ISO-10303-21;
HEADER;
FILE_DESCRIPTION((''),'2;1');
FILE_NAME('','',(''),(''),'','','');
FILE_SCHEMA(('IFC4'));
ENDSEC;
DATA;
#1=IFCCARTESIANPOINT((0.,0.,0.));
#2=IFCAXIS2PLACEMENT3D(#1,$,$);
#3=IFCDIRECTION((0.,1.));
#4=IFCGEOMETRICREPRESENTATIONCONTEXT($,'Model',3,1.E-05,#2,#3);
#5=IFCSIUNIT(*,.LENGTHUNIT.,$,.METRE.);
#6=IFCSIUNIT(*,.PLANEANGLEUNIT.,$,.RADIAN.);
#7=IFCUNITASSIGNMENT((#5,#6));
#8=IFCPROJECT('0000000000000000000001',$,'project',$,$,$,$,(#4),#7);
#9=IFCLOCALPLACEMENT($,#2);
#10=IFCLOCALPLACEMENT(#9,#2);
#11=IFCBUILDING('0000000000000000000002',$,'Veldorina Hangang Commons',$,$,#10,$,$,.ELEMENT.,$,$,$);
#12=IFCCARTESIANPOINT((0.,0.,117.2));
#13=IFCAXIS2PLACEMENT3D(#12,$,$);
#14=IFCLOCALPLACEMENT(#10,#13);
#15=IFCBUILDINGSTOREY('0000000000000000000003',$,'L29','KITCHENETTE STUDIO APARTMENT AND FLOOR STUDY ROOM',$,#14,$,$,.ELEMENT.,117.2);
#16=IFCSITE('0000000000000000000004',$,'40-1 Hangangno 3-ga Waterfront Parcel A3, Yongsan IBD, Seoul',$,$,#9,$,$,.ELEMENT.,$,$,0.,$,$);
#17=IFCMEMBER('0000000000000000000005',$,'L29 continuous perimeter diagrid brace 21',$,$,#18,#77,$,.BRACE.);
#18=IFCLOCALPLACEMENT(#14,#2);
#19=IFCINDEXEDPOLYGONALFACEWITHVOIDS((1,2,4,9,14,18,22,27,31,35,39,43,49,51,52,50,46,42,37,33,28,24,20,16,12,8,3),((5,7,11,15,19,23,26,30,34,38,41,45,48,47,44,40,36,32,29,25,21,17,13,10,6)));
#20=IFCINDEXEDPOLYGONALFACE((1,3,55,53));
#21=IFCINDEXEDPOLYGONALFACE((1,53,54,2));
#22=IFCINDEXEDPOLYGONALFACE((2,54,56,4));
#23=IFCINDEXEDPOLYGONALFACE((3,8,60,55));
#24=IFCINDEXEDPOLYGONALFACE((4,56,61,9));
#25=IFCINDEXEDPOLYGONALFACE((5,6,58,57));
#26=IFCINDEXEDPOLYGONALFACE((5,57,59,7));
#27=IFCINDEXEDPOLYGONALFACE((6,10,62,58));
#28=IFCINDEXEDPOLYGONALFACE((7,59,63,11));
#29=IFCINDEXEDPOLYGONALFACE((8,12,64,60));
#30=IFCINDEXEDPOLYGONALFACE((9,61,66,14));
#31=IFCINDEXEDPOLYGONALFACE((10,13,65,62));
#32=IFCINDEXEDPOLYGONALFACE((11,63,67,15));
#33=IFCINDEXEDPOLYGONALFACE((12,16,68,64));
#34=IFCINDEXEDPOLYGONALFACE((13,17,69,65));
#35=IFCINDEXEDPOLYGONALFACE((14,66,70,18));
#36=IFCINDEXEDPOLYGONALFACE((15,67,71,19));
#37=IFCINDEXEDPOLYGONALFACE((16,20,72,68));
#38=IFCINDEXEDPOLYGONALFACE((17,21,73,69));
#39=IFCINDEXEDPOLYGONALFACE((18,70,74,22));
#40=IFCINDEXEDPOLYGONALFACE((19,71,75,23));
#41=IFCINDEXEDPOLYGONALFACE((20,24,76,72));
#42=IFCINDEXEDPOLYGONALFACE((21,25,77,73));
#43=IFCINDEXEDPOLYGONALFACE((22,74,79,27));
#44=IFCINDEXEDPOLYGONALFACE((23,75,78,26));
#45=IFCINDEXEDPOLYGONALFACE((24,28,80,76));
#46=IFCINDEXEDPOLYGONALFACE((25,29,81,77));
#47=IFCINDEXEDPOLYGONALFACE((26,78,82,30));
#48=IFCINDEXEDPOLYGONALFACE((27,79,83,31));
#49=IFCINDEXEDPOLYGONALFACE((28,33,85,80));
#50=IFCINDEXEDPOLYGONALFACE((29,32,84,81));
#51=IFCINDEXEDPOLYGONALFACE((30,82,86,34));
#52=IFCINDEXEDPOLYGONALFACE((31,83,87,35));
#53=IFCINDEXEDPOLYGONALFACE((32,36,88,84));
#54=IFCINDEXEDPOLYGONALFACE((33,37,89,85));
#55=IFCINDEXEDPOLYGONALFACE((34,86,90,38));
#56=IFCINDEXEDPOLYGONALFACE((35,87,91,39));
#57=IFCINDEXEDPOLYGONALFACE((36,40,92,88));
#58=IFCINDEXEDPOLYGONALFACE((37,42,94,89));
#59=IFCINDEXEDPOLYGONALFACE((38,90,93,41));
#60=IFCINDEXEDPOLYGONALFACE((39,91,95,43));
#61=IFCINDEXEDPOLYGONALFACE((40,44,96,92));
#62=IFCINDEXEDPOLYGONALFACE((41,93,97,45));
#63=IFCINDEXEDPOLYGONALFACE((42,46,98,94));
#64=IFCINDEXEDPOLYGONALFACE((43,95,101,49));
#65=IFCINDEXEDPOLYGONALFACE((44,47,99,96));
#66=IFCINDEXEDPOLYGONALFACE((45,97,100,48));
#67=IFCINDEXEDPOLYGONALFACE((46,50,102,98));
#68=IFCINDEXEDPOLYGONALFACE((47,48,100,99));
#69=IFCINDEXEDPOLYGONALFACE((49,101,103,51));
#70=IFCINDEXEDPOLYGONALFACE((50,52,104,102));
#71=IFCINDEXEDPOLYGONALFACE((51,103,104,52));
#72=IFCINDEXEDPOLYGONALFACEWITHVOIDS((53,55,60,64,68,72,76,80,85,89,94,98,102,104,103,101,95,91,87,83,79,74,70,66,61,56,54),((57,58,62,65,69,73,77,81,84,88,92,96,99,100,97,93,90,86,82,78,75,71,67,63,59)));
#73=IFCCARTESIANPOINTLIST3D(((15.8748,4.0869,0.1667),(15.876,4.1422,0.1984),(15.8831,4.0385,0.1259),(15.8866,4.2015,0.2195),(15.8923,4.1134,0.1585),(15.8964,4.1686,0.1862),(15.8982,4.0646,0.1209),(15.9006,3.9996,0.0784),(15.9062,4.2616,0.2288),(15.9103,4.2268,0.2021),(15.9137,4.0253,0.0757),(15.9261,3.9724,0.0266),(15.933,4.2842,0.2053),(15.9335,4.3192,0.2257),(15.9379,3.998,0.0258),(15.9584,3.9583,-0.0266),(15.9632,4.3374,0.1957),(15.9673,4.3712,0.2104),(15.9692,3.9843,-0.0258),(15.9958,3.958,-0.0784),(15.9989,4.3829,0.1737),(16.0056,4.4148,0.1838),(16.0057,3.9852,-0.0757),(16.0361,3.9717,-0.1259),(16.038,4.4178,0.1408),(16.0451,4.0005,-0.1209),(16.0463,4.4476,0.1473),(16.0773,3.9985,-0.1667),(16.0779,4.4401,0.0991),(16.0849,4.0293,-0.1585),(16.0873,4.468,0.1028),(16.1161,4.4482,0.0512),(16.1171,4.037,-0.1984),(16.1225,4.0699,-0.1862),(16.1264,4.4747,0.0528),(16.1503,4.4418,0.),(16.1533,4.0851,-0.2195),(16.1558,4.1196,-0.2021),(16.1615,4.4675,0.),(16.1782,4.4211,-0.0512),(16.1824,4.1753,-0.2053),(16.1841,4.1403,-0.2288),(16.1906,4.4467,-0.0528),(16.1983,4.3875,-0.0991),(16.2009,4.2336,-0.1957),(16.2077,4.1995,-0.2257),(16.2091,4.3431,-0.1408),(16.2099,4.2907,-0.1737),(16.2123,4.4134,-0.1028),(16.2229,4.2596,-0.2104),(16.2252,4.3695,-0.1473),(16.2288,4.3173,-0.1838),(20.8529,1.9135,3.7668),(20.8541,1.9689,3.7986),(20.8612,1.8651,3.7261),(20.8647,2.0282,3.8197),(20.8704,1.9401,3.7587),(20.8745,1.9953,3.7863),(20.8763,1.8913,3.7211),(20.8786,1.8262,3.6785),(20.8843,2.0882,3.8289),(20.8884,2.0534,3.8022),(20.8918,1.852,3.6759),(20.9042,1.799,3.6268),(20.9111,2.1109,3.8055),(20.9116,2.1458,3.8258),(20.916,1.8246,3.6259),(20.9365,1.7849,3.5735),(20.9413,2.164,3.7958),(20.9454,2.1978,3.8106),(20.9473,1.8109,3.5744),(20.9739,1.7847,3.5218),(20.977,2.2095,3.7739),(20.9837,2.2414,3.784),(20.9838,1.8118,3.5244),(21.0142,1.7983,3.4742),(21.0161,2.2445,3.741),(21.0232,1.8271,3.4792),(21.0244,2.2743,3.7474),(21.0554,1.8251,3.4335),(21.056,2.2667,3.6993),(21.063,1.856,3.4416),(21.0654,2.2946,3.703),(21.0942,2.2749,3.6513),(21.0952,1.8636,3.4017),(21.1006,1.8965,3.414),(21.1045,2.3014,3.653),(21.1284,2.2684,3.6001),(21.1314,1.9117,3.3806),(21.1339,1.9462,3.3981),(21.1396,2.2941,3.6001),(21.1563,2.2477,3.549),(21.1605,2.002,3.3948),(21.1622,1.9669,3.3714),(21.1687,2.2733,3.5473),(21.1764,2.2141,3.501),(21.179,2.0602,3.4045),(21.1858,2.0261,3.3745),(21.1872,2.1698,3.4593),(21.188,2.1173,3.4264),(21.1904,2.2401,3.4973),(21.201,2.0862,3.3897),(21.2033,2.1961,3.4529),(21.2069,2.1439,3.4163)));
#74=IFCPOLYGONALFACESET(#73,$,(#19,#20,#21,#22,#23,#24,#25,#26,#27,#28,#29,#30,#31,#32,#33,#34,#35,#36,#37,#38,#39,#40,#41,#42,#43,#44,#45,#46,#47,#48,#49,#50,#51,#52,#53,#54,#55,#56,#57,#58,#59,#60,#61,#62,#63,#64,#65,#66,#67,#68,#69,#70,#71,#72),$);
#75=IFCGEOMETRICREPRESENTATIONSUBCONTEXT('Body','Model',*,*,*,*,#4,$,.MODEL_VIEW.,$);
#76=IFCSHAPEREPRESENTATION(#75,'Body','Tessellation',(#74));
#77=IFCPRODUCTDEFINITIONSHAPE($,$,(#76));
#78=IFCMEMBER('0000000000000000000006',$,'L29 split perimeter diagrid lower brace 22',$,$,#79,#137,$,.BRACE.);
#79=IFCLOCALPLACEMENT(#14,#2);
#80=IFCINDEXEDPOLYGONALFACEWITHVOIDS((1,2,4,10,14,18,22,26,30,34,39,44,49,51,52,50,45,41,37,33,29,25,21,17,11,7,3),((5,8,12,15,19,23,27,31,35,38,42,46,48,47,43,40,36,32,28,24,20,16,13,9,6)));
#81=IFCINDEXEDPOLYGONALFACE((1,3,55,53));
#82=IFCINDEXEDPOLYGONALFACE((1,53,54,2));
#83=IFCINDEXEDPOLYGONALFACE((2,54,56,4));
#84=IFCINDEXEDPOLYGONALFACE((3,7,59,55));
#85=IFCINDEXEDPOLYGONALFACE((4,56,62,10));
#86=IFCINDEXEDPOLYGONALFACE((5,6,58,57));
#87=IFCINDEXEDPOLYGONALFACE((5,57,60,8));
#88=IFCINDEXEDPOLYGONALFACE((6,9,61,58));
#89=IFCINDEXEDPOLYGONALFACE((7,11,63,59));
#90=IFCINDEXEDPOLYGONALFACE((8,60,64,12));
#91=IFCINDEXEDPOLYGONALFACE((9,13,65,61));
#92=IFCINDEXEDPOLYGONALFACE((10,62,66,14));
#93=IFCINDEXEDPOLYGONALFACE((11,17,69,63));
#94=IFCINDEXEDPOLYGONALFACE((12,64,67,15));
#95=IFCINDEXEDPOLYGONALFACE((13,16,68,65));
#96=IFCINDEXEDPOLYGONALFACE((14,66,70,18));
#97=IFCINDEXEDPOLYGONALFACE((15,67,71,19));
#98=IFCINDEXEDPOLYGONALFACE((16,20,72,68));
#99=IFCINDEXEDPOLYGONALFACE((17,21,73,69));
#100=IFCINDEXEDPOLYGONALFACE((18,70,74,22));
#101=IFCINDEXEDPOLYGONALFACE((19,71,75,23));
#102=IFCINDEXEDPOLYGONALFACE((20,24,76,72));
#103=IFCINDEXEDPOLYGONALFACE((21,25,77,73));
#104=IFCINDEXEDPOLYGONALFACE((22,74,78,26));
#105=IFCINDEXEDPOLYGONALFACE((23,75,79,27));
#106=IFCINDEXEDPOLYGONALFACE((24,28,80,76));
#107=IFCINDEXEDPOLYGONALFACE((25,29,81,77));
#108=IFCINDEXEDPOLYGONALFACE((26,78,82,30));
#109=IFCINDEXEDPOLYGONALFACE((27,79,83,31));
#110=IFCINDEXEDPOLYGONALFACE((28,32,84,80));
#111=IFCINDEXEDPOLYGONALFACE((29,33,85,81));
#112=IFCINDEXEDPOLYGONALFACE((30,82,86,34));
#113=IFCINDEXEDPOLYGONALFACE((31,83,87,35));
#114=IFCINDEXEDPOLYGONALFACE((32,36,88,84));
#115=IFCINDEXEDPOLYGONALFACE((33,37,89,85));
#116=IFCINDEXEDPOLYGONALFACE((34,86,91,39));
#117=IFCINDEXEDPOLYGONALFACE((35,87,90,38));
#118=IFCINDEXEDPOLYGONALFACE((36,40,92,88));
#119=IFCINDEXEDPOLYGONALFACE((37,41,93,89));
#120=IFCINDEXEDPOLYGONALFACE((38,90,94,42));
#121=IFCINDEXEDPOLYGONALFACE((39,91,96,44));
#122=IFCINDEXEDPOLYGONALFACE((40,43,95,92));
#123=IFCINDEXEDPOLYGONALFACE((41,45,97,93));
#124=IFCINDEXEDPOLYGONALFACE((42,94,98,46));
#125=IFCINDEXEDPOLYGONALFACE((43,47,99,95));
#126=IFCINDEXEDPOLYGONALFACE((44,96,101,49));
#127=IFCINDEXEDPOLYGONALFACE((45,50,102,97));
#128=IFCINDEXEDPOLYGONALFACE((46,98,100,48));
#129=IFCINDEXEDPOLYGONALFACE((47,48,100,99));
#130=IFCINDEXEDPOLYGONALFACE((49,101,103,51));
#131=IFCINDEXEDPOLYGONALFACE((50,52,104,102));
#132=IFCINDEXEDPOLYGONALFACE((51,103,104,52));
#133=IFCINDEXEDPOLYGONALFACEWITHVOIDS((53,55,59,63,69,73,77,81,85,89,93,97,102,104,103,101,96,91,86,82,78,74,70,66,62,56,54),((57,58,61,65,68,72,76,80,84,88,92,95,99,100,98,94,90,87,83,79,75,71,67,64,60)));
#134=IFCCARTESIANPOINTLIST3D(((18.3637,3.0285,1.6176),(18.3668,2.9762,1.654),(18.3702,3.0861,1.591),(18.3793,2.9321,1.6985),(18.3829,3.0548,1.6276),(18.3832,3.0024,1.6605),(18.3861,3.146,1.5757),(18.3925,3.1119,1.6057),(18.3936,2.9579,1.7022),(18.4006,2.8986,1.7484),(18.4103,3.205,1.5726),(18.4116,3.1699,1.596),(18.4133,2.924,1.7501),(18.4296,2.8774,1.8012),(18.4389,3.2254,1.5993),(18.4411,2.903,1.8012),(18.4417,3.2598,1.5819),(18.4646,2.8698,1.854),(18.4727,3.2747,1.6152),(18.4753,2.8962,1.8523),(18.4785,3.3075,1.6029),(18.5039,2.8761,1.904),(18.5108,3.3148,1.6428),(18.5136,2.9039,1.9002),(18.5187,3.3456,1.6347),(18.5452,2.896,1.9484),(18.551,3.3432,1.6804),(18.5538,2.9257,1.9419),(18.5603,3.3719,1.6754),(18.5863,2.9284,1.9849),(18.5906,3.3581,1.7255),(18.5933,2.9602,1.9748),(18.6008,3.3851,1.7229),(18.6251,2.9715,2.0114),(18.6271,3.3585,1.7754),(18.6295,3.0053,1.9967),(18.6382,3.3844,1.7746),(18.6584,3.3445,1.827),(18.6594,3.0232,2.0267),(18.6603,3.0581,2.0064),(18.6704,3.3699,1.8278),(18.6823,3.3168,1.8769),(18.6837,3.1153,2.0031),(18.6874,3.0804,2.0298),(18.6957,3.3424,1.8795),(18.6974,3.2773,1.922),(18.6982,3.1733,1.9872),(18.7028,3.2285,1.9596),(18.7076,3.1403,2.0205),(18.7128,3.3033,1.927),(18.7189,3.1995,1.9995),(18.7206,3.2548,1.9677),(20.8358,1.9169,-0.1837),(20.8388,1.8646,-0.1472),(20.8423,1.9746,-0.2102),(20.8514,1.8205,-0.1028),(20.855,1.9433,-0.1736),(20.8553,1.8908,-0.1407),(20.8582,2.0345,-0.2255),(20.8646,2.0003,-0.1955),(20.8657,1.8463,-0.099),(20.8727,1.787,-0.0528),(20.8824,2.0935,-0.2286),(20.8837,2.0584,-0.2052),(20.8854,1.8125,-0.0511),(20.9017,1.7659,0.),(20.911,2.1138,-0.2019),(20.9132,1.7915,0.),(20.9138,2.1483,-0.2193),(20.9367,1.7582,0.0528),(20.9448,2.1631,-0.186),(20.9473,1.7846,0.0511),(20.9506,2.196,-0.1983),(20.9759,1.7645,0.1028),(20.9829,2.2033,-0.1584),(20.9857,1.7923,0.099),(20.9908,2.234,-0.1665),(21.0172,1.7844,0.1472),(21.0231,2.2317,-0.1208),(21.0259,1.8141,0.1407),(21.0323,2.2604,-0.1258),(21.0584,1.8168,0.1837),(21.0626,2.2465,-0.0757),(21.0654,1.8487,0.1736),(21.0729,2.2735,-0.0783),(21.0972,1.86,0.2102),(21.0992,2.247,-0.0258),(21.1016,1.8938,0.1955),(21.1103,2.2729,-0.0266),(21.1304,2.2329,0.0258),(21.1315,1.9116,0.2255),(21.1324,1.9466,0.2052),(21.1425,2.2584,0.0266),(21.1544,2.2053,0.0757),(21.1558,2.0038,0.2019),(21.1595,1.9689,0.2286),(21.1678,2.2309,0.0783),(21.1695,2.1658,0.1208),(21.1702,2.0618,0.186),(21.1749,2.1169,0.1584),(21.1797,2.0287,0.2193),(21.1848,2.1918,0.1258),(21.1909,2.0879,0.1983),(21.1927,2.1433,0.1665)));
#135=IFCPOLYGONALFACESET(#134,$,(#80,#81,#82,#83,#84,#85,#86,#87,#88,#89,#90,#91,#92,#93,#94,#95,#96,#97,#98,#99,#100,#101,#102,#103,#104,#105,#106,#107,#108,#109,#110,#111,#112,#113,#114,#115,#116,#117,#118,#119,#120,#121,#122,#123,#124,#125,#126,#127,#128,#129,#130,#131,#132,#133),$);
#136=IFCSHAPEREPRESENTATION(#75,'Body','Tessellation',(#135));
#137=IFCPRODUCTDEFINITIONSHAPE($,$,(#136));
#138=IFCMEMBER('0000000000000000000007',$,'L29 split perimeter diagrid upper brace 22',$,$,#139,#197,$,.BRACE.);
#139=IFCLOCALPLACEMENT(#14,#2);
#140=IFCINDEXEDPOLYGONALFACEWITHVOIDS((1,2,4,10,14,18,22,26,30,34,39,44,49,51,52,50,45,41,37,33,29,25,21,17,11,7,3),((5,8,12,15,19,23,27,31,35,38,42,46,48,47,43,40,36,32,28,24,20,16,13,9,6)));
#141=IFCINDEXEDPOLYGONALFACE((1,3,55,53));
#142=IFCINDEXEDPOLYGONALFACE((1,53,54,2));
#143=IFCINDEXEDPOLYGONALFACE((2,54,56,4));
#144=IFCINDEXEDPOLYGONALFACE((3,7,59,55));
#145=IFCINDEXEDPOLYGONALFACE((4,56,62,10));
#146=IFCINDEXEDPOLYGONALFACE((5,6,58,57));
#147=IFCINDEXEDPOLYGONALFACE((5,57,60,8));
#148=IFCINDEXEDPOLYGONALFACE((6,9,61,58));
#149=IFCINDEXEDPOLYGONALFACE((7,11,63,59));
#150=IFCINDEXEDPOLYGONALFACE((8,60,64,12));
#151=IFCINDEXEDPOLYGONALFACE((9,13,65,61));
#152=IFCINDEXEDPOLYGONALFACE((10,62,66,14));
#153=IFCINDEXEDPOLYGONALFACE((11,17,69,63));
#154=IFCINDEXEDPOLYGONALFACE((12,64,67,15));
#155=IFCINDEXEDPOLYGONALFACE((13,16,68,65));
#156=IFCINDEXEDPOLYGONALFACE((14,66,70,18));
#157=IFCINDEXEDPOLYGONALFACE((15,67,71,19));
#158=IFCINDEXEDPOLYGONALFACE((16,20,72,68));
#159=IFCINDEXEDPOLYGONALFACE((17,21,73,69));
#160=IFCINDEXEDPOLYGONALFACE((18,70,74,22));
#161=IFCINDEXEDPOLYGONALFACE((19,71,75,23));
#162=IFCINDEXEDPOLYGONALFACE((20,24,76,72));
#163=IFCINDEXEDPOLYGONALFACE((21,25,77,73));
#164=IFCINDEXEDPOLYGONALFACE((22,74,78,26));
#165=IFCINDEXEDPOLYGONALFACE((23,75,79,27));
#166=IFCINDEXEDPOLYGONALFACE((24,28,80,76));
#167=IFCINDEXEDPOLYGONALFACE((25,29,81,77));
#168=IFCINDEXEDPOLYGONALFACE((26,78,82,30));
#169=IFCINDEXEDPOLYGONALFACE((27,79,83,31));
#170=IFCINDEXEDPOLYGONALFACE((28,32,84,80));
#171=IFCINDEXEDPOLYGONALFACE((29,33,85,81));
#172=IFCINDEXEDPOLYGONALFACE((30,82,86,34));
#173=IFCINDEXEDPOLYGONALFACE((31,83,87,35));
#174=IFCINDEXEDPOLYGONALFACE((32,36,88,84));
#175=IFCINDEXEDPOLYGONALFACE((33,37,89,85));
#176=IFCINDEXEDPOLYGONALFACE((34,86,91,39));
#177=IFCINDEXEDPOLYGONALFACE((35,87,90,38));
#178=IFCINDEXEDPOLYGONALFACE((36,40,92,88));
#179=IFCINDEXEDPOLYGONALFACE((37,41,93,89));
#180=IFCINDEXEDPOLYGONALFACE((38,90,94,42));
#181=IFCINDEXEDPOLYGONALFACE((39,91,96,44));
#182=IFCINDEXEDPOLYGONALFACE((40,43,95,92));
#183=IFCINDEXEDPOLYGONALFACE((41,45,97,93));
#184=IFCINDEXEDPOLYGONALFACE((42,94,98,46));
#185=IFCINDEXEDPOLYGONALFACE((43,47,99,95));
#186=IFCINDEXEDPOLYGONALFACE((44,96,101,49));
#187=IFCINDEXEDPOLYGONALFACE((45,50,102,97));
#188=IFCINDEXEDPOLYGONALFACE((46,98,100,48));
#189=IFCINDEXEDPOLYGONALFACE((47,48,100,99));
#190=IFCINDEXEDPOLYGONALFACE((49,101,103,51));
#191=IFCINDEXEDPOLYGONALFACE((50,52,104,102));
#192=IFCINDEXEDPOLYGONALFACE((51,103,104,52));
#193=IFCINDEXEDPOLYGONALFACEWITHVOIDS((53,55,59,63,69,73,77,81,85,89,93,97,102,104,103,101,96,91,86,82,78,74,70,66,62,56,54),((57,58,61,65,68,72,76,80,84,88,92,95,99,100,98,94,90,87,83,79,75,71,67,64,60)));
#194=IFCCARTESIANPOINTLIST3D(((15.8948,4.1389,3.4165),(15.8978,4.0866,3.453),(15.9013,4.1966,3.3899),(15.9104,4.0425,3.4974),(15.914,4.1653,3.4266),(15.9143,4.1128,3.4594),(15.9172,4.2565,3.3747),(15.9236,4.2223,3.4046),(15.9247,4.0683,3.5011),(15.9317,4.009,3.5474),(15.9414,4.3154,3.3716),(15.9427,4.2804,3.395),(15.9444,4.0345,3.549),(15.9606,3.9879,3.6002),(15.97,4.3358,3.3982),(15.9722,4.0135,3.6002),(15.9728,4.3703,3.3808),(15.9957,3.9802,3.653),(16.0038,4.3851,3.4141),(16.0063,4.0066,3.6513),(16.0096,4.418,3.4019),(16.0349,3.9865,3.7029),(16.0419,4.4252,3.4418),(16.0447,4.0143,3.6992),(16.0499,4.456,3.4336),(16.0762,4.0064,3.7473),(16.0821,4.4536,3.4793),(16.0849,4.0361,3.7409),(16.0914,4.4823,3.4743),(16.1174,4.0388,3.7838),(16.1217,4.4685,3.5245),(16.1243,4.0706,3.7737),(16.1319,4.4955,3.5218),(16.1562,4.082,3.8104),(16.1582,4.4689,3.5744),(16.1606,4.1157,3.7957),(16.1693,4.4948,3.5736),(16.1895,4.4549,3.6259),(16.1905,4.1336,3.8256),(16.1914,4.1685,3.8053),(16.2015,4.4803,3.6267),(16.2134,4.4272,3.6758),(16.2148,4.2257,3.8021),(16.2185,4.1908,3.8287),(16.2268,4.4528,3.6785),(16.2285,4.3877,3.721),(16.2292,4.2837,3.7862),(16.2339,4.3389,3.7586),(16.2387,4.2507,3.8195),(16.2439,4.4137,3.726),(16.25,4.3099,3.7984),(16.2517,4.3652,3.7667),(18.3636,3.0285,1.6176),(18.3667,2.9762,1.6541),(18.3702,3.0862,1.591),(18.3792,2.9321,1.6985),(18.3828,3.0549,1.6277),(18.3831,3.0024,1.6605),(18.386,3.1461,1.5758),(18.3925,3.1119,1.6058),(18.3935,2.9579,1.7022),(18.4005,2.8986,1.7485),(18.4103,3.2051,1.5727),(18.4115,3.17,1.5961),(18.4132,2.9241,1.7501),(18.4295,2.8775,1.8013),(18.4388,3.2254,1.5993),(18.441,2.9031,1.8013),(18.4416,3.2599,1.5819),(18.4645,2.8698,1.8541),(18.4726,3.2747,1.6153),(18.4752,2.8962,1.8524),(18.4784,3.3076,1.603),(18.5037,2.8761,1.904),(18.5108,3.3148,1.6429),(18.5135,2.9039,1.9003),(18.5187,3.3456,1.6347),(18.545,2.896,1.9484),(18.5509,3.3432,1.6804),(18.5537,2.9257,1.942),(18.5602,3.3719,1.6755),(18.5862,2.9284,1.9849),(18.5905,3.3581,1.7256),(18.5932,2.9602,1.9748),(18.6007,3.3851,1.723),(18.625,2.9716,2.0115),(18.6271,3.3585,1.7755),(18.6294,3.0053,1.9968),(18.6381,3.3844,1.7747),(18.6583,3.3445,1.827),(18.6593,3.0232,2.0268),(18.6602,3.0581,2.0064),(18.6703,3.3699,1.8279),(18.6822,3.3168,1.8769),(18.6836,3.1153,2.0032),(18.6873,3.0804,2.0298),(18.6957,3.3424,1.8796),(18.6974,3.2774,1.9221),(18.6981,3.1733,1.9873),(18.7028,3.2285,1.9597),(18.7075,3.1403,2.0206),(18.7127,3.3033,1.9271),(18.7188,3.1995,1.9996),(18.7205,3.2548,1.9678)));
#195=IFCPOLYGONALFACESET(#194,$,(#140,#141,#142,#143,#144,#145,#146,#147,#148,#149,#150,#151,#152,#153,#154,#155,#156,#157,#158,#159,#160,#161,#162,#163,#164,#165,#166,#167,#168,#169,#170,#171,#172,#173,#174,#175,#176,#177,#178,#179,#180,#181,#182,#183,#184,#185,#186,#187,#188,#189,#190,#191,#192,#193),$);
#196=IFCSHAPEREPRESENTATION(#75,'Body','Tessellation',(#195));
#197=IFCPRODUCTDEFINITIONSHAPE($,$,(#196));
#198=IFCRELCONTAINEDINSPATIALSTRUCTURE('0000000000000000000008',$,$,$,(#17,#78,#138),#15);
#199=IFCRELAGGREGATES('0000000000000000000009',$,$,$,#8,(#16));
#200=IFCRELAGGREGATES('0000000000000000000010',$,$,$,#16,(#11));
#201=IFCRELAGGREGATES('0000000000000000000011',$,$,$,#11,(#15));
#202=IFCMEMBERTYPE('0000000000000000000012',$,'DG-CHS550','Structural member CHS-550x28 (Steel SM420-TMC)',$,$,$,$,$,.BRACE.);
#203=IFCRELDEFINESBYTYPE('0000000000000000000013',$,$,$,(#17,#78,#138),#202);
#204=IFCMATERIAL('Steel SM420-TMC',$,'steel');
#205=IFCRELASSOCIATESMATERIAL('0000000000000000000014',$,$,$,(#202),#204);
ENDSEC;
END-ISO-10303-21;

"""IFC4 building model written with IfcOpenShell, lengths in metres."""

from ifc_helpers import new_model, si_unit, direction, frame, origin, origin_2d, place, context, subcontext, project, spatial, hollow_circle, extrude, material, material_profile, profile_set, type_object, element, save


model = new_model("IFC4")

# Units and contexts
model_context = context("Model", 3, precision=1e-05, world=origin(), true_north=direction((0.0, 1.0)))
body_context = subcontext(model_context, "Body", "Model", "MODEL_VIEW")
ifc_project = project(units=[si_unit("LENGTHUNIT", "METRE"), si_unit("PLANEANGLEUNIT", "RADIAN")], contexts=[model_context])

# Site, building, storey
site_placement = place(None, origin())
site = spatial("IfcSite", under=ifc_project, at=site_placement, Name="40-1 Hangangno 3-ga Waterfront Parcel A3, Yongsan IBD, Seoul", CompositionType="ELEMENT", RefElevation=0.0)
building_placement = place(site_placement, origin())
building = spatial("IfcBuilding", under=site, at=building_placement, Name="Veldorina Hangang Commons", CompositionType="ELEMENT")
storey_placement = place(building_placement, frame((0.0, 0.0, 117.2)))
storey = spatial("IfcBuildingStorey", under=building, at=storey_placement, Name="L29", Description="KITCHENETTE STUDIO APARTMENT AND FLOOR STUDY ROOM", CompositionType="ELEMENT", Elevation=117.2)

# Shared definitions
ifc_material_1 = material(Name="Steel SM420-TMC", Category="steel")

# Members
ifc_material_profile_1 = material_profile(ifc_material_1, hollow_circle(Radius=0.2749, WallThickness=0.0281, at=origin_2d()), Name="CHS-550x28")
ifc_profile_set_1 = profile_set([ifc_material_profile_1], Name="Steel SM420-TMC")
member_type = type_object("IfcMemberType", Name="DG-CHS550", Description="Structural member CHS-550x28 (Steel SM420-TMC)", PredefinedType="BRACE", material=ifc_profile_set_1)
member_1_placement = place(storey_placement, frame((16.0515, 4.2156, 0.0), z_axis=(0.76391, -0.333513, 0.552458), x_axis=(0.400116, 0.916464, 0.0)))
element("IfcMember", 1, at=member_1_placement, inside=storey, type_object=member_type, Name="L29 continuous perimeter diagrid brace 21", PredefinedType="BRACE", context=body_context, shape_type="SweptSolid", body=[
    extrude(hollow_circle(Radius=0.2749, WallThickness=0.0281, at=origin_2d()), origin(), (0.0, 0.0, 1.0), 6.5166),
])
member_2_placement = place(storey_placement, frame((21.0144, 2.0166, 0.0), z_axis=(-0.759615, 0.341549, 0.55347), x_axis=(-0.410088, -0.912046, 0.0)))
element("IfcMember", 2, at=member_2_placement, inside=storey, type_object=member_type, Name="L29 split perimeter diagrid lower brace 22", PredefinedType="BRACE", context=body_context, shape_type="SweptSolid", body=[
    extrude(hollow_circle(Radius=0.2749, WallThickness=0.0281, at=origin_2d()), origin(), (0.0, 0.0, 1.0), 3.2544),
])
member_3_placement = place(storey_placement, frame((18.5422, 3.1282, 1.8013), z_axis=(-0.759583, 0.341632, 0.553462), x_axis=(-0.410185, -0.912002, 0.0)))
element("IfcMember", 3, at=member_3_placement, inside=storey, type_object=member_type, Name="L29 split perimeter diagrid upper brace 22", PredefinedType="BRACE", context=body_context, shape_type="SweptSolid", body=[
    extrude(hollow_circle(Radius=0.2749, WallThickness=0.0281, at=origin_2d()), origin(), (0.0, 0.0, 1.0), 3.2502),
])

save(model, "model.ifc")
